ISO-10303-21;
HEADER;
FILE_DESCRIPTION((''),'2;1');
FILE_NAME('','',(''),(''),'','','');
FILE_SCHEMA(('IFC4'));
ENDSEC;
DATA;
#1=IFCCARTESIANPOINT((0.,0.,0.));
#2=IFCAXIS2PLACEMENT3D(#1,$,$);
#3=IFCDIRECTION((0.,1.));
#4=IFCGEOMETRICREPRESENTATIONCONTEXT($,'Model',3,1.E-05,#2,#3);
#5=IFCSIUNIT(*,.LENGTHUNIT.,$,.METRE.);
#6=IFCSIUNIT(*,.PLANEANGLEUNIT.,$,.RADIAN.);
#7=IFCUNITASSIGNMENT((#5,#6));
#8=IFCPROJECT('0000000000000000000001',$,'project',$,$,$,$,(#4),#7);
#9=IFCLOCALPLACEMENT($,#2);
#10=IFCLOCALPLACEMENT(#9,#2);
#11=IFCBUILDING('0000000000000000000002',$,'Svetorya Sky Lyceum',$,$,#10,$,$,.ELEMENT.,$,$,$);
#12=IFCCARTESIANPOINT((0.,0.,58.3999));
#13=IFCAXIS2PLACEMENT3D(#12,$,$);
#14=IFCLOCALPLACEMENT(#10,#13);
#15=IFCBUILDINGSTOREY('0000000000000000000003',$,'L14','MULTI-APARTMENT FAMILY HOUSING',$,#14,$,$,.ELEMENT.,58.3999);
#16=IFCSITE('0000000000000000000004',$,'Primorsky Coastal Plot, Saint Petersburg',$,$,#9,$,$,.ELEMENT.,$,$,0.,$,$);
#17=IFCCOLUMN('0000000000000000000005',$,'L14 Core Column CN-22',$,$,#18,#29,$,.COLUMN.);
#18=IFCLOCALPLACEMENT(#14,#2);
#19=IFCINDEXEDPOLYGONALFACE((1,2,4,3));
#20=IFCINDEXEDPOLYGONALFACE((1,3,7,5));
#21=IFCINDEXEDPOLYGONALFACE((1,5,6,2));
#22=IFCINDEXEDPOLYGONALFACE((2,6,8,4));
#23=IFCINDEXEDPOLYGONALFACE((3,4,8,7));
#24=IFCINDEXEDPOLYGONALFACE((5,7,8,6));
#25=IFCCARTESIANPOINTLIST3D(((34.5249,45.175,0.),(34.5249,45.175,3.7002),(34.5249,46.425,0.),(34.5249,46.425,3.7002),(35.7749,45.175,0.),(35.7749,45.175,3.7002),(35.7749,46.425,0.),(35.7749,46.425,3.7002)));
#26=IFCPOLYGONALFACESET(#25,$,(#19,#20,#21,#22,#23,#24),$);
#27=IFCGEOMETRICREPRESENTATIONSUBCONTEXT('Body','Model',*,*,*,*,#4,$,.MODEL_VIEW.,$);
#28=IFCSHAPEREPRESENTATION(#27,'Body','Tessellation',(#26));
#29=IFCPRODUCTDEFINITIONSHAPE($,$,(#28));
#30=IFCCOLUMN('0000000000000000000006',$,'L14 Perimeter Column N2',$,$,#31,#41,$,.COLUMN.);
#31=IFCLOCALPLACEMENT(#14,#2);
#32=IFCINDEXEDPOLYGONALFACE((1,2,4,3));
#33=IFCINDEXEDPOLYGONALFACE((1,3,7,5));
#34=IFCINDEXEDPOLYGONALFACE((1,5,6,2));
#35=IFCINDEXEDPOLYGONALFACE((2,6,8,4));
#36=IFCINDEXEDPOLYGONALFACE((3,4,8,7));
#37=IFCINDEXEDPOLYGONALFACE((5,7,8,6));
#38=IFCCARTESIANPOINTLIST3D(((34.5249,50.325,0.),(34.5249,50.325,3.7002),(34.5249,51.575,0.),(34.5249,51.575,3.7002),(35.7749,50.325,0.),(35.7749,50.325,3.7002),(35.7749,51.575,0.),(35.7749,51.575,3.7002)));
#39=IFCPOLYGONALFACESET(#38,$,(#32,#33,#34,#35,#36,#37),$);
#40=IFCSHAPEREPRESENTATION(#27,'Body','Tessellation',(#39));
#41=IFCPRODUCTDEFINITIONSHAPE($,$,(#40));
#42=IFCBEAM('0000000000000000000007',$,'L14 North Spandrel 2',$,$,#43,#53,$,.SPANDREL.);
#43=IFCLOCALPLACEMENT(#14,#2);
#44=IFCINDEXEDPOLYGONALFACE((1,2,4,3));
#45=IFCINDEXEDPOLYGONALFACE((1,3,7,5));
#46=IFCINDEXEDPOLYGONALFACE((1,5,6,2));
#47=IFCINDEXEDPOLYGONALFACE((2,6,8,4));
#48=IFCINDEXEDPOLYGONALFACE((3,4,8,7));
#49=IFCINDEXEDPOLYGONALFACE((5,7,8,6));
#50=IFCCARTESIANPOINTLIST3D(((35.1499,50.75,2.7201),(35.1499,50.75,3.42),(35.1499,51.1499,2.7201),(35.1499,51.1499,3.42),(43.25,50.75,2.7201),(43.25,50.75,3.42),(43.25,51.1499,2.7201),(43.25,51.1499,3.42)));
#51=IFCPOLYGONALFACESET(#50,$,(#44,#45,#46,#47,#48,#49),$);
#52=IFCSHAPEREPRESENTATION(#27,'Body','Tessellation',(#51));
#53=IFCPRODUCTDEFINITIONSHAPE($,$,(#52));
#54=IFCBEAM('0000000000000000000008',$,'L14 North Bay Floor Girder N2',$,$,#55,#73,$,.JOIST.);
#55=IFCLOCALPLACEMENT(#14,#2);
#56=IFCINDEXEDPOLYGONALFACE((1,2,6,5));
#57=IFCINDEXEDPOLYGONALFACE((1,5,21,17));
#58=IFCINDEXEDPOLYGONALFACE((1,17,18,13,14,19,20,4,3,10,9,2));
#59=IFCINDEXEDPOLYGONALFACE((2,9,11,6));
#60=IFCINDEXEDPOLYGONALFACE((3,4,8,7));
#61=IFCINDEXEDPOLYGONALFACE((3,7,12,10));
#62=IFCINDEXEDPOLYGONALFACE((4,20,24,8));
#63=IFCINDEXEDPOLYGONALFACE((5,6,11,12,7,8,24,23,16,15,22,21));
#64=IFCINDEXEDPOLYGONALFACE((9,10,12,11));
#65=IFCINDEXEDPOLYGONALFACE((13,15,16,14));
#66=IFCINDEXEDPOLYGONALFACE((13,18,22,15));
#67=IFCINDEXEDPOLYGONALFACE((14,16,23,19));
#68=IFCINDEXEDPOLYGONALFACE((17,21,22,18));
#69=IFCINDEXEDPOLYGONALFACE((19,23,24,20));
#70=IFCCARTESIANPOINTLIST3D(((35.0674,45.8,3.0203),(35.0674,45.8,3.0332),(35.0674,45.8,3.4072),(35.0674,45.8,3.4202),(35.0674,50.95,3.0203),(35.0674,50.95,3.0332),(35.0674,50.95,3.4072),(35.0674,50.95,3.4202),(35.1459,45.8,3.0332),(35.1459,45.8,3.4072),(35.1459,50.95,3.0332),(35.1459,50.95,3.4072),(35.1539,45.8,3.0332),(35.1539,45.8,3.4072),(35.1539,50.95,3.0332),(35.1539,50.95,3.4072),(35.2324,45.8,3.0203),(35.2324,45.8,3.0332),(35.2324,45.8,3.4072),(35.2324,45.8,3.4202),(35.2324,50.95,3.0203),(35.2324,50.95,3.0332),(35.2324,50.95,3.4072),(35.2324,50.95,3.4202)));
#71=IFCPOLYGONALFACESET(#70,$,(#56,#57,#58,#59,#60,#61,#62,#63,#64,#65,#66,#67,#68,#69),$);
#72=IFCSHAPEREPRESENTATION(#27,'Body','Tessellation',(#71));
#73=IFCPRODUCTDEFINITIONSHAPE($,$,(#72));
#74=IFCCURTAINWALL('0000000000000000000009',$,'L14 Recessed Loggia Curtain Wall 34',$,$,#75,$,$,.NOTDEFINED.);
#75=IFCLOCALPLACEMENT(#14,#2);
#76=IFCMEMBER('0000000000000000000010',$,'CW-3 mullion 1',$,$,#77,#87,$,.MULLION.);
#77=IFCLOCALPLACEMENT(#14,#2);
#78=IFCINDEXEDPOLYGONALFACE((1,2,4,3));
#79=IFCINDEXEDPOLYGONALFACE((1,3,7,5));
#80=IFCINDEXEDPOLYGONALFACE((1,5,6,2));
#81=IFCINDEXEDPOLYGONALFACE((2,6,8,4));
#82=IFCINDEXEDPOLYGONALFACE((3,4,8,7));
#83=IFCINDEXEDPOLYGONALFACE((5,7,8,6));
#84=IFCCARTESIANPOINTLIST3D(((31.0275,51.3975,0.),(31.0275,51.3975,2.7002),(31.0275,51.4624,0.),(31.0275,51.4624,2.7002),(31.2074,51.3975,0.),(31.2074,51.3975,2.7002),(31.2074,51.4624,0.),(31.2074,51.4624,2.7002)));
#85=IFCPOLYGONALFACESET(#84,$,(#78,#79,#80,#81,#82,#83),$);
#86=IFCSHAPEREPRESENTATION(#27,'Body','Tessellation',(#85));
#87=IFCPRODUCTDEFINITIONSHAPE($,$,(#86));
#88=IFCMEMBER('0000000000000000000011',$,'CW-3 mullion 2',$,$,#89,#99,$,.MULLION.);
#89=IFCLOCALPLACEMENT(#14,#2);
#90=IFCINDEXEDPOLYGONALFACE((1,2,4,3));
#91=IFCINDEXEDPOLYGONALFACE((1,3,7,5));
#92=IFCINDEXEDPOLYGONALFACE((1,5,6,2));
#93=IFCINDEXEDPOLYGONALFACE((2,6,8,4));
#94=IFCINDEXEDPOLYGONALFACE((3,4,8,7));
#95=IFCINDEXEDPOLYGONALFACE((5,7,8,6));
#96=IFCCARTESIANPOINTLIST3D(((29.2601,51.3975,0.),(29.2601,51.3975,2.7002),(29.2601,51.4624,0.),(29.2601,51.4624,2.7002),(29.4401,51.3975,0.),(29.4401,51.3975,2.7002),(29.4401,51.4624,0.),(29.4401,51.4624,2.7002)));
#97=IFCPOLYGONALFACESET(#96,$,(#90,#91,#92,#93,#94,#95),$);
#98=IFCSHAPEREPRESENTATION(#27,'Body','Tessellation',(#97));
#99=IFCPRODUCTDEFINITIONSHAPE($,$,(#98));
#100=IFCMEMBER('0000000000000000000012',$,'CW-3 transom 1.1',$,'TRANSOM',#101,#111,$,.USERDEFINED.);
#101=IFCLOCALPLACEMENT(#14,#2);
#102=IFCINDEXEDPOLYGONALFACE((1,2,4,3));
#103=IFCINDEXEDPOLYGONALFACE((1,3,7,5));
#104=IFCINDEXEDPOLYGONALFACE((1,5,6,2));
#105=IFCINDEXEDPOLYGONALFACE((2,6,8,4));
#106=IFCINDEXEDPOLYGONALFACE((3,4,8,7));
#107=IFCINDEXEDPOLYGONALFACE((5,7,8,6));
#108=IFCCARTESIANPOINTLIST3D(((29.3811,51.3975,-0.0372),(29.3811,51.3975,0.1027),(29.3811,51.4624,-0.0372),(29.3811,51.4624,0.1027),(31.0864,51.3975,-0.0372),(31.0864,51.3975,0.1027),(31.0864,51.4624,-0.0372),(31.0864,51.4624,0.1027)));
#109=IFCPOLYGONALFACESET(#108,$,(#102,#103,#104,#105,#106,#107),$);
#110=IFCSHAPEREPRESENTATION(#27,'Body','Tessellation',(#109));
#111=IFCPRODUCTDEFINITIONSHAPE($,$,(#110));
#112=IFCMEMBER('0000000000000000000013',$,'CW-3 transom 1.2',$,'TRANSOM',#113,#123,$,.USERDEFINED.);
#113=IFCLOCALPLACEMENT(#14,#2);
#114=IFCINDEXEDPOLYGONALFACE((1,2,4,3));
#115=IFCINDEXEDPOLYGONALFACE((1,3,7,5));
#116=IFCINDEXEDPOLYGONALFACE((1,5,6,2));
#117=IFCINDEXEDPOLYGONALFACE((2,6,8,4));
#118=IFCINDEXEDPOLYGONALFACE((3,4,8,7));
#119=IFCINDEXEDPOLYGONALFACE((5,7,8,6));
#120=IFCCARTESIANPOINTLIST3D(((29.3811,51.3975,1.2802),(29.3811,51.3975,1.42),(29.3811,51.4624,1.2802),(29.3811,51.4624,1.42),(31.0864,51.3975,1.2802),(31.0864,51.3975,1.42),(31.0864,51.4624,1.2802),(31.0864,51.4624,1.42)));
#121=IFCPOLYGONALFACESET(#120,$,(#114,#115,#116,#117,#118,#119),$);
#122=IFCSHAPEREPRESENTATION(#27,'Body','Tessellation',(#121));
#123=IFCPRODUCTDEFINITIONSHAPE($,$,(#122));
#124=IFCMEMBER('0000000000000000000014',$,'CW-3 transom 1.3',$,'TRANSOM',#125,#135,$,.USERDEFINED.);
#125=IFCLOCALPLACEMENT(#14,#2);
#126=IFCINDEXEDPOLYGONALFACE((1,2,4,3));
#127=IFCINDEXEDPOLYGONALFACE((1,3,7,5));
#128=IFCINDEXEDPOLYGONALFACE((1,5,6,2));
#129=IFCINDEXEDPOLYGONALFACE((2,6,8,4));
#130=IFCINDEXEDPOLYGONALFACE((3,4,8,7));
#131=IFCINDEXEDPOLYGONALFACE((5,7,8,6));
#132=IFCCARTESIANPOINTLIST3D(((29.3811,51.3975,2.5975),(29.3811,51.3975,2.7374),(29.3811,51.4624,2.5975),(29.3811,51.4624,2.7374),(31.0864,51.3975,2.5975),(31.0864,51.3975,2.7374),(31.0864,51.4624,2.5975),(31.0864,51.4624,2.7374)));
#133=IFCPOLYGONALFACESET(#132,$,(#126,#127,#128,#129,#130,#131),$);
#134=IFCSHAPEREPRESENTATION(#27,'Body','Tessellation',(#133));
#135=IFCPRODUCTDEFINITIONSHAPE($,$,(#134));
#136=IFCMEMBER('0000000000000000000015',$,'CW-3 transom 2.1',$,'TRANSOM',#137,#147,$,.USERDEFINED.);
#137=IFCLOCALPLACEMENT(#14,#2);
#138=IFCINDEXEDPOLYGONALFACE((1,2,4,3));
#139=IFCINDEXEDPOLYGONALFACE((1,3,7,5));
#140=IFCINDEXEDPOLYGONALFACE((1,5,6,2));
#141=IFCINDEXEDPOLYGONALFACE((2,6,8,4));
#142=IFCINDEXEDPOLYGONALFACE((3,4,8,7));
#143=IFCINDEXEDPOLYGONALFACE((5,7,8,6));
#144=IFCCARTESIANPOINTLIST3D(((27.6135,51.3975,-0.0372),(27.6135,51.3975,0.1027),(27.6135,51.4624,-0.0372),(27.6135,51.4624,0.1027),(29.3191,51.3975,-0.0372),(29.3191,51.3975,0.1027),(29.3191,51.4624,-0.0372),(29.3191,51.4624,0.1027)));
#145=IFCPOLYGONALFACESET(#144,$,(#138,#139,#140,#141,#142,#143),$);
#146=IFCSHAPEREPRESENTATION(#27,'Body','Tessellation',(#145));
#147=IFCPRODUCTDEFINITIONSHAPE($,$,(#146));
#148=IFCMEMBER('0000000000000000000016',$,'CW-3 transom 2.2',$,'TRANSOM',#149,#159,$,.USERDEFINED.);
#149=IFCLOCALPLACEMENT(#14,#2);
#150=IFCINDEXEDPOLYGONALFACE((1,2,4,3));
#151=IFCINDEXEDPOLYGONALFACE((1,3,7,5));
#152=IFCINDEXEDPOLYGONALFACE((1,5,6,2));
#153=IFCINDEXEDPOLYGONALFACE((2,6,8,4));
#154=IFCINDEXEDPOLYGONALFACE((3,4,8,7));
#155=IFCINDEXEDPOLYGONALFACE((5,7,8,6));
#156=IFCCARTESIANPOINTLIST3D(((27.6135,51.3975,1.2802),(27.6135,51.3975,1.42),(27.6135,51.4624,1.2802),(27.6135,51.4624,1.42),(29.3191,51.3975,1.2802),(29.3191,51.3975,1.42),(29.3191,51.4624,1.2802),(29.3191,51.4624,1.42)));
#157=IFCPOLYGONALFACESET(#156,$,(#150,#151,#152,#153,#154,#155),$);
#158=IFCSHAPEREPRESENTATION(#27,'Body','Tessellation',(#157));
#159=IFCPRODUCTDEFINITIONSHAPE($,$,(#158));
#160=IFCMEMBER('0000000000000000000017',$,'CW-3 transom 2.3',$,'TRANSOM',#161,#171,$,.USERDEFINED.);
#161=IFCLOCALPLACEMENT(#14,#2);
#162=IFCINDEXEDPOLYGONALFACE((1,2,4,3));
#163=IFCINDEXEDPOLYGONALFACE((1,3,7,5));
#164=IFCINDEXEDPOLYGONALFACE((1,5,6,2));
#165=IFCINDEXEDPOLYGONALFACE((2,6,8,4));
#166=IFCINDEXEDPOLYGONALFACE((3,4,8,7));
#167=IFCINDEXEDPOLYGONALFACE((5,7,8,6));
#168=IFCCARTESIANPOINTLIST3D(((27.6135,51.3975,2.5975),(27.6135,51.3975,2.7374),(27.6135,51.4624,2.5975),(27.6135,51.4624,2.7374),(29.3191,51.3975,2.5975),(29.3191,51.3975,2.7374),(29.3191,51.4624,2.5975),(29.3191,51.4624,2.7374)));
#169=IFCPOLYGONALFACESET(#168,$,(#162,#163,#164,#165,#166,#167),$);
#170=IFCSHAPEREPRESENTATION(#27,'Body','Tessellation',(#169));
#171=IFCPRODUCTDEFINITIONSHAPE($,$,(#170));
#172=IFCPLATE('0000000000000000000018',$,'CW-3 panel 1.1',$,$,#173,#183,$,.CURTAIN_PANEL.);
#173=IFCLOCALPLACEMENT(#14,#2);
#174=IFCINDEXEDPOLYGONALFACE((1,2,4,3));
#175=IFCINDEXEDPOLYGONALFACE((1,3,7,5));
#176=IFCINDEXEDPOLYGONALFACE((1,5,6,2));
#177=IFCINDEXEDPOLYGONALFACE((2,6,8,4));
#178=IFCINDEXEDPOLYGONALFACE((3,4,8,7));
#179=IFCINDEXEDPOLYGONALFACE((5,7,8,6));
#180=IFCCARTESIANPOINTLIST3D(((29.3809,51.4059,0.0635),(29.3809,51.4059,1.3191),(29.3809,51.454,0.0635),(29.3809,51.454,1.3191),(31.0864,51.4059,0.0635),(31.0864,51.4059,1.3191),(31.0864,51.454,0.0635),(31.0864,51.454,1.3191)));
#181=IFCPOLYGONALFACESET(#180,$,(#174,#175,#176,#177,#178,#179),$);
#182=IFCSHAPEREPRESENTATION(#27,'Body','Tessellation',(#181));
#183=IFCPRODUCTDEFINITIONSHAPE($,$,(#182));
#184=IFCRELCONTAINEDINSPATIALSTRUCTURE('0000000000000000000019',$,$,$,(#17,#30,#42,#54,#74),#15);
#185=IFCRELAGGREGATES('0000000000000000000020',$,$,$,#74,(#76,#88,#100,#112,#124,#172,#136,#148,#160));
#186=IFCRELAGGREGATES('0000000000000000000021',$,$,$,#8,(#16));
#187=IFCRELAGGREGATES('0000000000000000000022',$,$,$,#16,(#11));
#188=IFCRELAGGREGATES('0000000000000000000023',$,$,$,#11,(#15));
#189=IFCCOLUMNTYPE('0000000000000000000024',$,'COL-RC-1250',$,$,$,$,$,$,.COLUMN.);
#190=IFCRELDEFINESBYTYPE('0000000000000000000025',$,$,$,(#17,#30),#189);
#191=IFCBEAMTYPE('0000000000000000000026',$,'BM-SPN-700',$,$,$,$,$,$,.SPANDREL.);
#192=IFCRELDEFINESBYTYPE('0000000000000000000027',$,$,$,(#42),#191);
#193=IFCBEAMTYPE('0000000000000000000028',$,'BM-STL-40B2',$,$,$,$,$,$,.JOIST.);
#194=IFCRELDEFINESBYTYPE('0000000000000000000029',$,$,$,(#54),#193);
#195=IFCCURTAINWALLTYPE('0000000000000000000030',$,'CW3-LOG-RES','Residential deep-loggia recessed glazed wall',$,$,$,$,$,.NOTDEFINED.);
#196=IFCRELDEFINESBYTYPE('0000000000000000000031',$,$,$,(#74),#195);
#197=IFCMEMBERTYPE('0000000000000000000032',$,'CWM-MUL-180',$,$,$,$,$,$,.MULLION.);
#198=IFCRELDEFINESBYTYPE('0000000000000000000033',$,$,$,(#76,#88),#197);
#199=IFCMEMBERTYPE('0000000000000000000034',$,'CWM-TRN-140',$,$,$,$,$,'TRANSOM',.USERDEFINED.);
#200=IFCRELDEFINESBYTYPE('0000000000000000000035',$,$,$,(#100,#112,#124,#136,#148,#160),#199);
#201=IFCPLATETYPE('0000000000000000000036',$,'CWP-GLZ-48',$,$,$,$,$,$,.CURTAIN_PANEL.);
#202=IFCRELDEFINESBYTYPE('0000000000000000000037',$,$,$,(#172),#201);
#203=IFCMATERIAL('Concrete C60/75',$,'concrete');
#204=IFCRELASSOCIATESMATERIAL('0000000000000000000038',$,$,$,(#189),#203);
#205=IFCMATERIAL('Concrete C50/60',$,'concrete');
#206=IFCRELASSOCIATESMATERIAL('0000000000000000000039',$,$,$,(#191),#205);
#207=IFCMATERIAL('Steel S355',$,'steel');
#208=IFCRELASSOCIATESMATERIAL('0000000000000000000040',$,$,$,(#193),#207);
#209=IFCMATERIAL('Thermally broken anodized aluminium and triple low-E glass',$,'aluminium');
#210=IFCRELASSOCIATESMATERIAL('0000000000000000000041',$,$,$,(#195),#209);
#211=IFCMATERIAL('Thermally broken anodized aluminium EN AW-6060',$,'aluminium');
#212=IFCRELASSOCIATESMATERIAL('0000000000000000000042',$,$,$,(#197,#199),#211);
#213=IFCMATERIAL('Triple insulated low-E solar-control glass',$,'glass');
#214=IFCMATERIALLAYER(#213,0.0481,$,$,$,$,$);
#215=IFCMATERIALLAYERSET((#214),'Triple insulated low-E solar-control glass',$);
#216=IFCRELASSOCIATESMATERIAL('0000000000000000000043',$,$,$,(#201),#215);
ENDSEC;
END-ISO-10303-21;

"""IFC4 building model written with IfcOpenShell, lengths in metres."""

from ifc_helpers import new_model, si_unit, direction, frame, origin, origin_2d, place, context, subcontext, project, spatial, rectangle, i_section, extrude, material, layer, layer_set, material_profile, profile_set, type_object, element, aggregate, save


model = new_model("IFC4")

# Units and contexts
model_context = context("Model", 3, precision=1e-05, world=origin(), true_north=direction((0.0, 1.0)))
body_context = subcontext(model_context, "Body", "Model", "MODEL_VIEW")
ifc_project = project(units=[si_unit("LENGTHUNIT", "METRE"), si_unit("PLANEANGLEUNIT", "RADIAN")], contexts=[model_context])

# Site, building, storey
site_placement = place(None, origin())
site = spatial("IfcSite", under=ifc_project, at=site_placement, Name="Primorsky Coastal Plot, Saint Petersburg", CompositionType="ELEMENT", RefElevation=0.0)
building_placement = place(site_placement, origin())
building = spatial("IfcBuilding", under=site, at=building_placement, Name="Svetorya Sky Lyceum", CompositionType="ELEMENT")
storey_placement = place(building_placement, frame((0.0, 0.0, 58.3999)))
storey = spatial("IfcBuildingStorey", under=building, at=storey_placement, Name="L14", Description="MULTI-APARTMENT FAMILY HOUSING", CompositionType="ELEMENT", Elevation=58.3999)

# Columns
ifc_material_1 = material(Name="Concrete C60/75", Category="concrete")
ifc_material_profile_1 = material_profile(ifc_material_1, rectangle(XDim=1.25, YDim=1.25, at=origin_2d()), Name="RC COL 1250x1250")
ifc_profile_set_1 = profile_set([ifc_material_profile_1], Name="Concrete C60/75")
column_type = type_object("IfcColumnType", Name="COL-RC-1250", PredefinedType="COLUMN", material=ifc_profile_set_1)
for number, where, z_axis, x_axis, name in (
    (1, (35.1499, 45.8, 0.0), (0.0, 0.0, 1.0), (1.0, 0.0, 0.0), "L14 Core Column CN-22"),
    (2, (35.1499, 50.95, 0.0), (0.0, 0.0, 1.0), (1.0, 0.0, 0.0), "L14 Perimeter Column N2"),
):
    element("IfcColumn", number, at=place(storey_placement, frame(where, z_axis=z_axis, x_axis=x_axis)), inside=storey, type_object=column_type, Name=name, PredefinedType="COLUMN", context=body_context, shape_type="SweptSolid", body=[
        extrude(rectangle(XDim=1.25, YDim=1.25, at=origin_2d()), origin(), (0.0, 0.0, 1.0), 3.7002),
    ])

# Beams
ifc_material_2 = material(Name="Concrete C50/60", Category="concrete")
ifc_material_profile_2 = material_profile(ifc_material_2, rectangle(XDim=0.3999, YDim=0.7, at=origin_2d()), Name="RC SPANDREL 400x700")
ifc_profile_set_2 = profile_set([ifc_material_profile_2], Name="Concrete C50/60")
beam_type_1 = type_object("IfcBeamType", Name="BM-SPN-700", PredefinedType="SPANDREL", material=ifc_profile_set_2)
beam_1_placement = place(storey_placement, frame((35.1499, 50.95, 3.0701), z_axis=(1.0, 0.0, 0.0), x_axis=(0.0, 1.0, 0.0)))
element("IfcBeam", 3, at=beam_1_placement, inside=storey, type_object=beam_type_1, Name="L14 North Spandrel 2", PredefinedType="SPANDREL", context=body_context, shape_type="SweptSolid", body=[
    extrude(rectangle(XDim=0.3999, YDim=0.7, at=origin_2d()), origin(), (0.0, 0.0, 1.0), 8.1001),
])
ifc_material_3 = material(Name="Steel S355", Category="steel")
ifc_material_profile_3 = material_profile(ifc_material_3, i_section(OverallWidth=0.165, OverallDepth=0.3999, WebThickness=0.0081, FlangeThickness=0.0129, at=origin_2d()), Name="GOST 40B2")
ifc_profile_set_3 = profile_set([ifc_material_profile_3], Name="Steel S355")
beam_type_2 = type_object("IfcBeamType", Name="BM-STL-40B2", PredefinedType="JOIST", material=ifc_profile_set_3)
beam_2_placement = place(storey_placement, frame((35.1499, 45.8, 3.2202), z_axis=(0.0, 1.0, 0.0), x_axis=(-1.0, 0.0, 0.0)))
element("IfcBeam", 4, at=beam_2_placement, inside=storey, type_object=beam_type_2, Name="L14 North Bay Floor Girder N2", PredefinedType="JOIST", context=body_context, shape_type="SweptSolid", body=[
    extrude(i_section(OverallWidth=0.165, OverallDepth=0.3999, WebThickness=0.0081, FlangeThickness=0.0129, at=origin_2d()), origin(), (0.0, 0.0, 1.0), 5.1499),
])

# Curtain wall, members, plate
ifc_material_4 = material(Name="Thermally broken anodized aluminium and triple low-E glass", Category="aluminium")
curtain_wall_type = type_object("IfcCurtainWallType", Name="CW3-LOG-RES", Description="Residential deep-loggia recessed glazed wall", PredefinedType="NOTDEFINED", material=ifc_material_4)
curtain_wall_placement = place(storey_placement, origin())
curtain_wall = element("IfcCurtainWall", 5, at=curtain_wall_placement, inside=storey, type_object=curtain_wall_type, Name="L14 Recessed Loggia Curtain Wall 34", PredefinedType="NOTDEFINED")
ifc_material_5 = material(Name="Thermally broken anodized aluminium EN AW-6060", Category="aluminium")
ifc_material_profile_4 = material_profile(ifc_material_5, rectangle(XDim=0.0649, YDim=0.1799, at=origin_2d()), Name="ALU MULLION 65x180")
ifc_profile_set_4 = profile_set([ifc_material_profile_4], Name="Thermally broken anodized aluminium EN AW-6060")
member_type_1 = type_object("IfcMemberType", Name="CWM-MUL-180", PredefinedType="MULLION", material=ifc_profile_set_4)
member_1_placement = place(storey_placement, frame((31.1174, 51.4299, 0.0), z_axis=(0.0, 0.0, 1.0), x_axis=(0.0, -1.0, 0.0)))
member_1 = element("IfcMember", 6, at=member_1_placement, type_object=member_type_1, Name="CW-3 mullion 1", PredefinedType="MULLION", context=body_context, shape_type="SweptSolid", body=[
    extrude(rectangle(XDim=0.0649, YDim=0.1799, at=origin_2d()), origin(), (0.0, 0.0, 1.0), 2.7002),
])
member_2_placement = place(storey_placement, frame((29.3501, 51.4299, 0.0), z_axis=(0.0, 0.0, 1.0), x_axis=(0.0, -1.0, 0.0)))
member_2 = element("IfcMember", 7, at=member_2_placement, type_object=member_type_1, Name="CW-3 mullion 2", PredefinedType="MULLION", context=body_context, shape_type="SweptSolid", body=[
    extrude(rectangle(XDim=0.0649, YDim=0.1799, at=origin_2d()), origin(), (0.0, 0.0, 1.0), 2.7002),
])
ifc_material_profile_5 = material_profile(ifc_material_5, rectangle(XDim=0.0649, YDim=0.1399, at=origin_2d()), Name="ALU TRANSOM 65x140")
ifc_profile_set_5 = profile_set([ifc_material_profile_5], Name="Thermally broken anodized aluminium EN AW-6060")
member_type_2 = type_object("IfcMemberType", Name="CWM-TRN-140", ElementType="TRANSOM", PredefinedType="USERDEFINED", material=ifc_profile_set_5)
member_3_placement = place(storey_placement, frame((31.0864, 51.4299, 0.0327), z_axis=(-1.0, 0.0, 0.0), x_axis=(0.0, -1.0, 0.0)))
member_3 = element("IfcMember", 8, at=member_3_placement, type_object=member_type_2, Name="CW-3 transom 1.1", ObjectType="TRANSOM", PredefinedType="USERDEFINED", context=body_context, shape_type="SweptSolid", body=[
    extrude(rectangle(XDim=0.0649, YDim=0.1399, at=origin_2d()), origin(), (0.0, 0.0, 1.0), 1.7053),
])
member_4_placement = place(storey_placement, frame((31.0864, 51.4299, 1.3501), z_axis=(-1.0, 0.0, 0.0), x_axis=(0.0, -1.0, 0.0)))
member_4 = element("IfcMember", 9, at=member_4_placement, type_object=member_type_2, Name="CW-3 transom 1.2", ObjectType="TRANSOM", PredefinedType="USERDEFINED", context=body_context, shape_type="SweptSolid", body=[
    extrude(rectangle(XDim=0.0649, YDim=0.1399, at=origin_2d()), origin(), (0.0, 0.0, 1.0), 1.7053),
])
member_5_placement = place(storey_placement, frame((31.0864, 51.4299, 2.6675), z_axis=(-1.0, 0.0, 0.0), x_axis=(0.0, -1.0, 0.0)))
member_5 = element("IfcMember", 10, at=member_5_placement, type_object=member_type_2, Name="CW-3 transom 1.3", ObjectType="TRANSOM", PredefinedType="USERDEFINED", context=body_context, shape_type="SweptSolid", body=[
    extrude(rectangle(XDim=0.0649, YDim=0.1399, at=origin_2d()), origin(), (0.0, 0.0, 1.0), 1.7053),
])
member_6_placement = place(storey_placement, frame((29.3191, 51.4299, 0.0327), z_axis=(-1.0, 0.0, 0.0), x_axis=(0.0, -1.0, 0.0)))
member_6 = element("IfcMember", 11, at=member_6_placement, type_object=member_type_2, Name="CW-3 transom 2.1", ObjectType="TRANSOM", PredefinedType="USERDEFINED", context=body_context, shape_type="SweptSolid", body=[
    extrude(rectangle(XDim=0.0649, YDim=0.1399, at=origin_2d()), origin(), (0.0, 0.0, 1.0), 1.7056),
])
member_7_placement = place(storey_placement, frame((29.3191, 51.4299, 1.3501), z_axis=(-1.0, 0.0, 0.0), x_axis=(0.0, -1.0, 0.0)))
member_7 = element("IfcMember", 12, at=member_7_placement, type_object=member_type_2, Name="CW-3 transom 2.2", ObjectType="TRANSOM", PredefinedType="USERDEFINED", context=body_context, shape_type="SweptSolid", body=[
    extrude(rectangle(XDim=0.0649, YDim=0.1399, at=origin_2d()), origin(), (0.0, 0.0, 1.0), 1.7056),
])
member_8_placement = place(storey_placement, frame((29.3191, 51.4299, 2.6675), z_axis=(-1.0, 0.0, 0.0), x_axis=(0.0, -1.0, 0.0)))
member_8 = element("IfcMember", 13, at=member_8_placement, type_object=member_type_2, Name="CW-3 transom 2.3", ObjectType="TRANSOM", PredefinedType="USERDEFINED", context=body_context, shape_type="SweptSolid", body=[
    extrude(rectangle(XDim=0.0649, YDim=0.1399, at=origin_2d()), origin(), (0.0, 0.0, 1.0), 1.7056),
])
ifc_material_6 = material(Name="Triple insulated low-E solar-control glass", Category="glass")
ifc_layer_1 = layer(ifc_material_6, 0.0481)
ifc_layer_set_1 = layer_set([ifc_layer_1], Name="Triple insulated low-E solar-control glass")
plate_type = type_object("IfcPlateType", Name="CWP-GLZ-48", PredefinedType="CURTAIN_PANEL", material=ifc_layer_set_1)
plate_1_placement = place(storey_placement, frame((30.2336, 51.4299, 0.0635), z_axis=(0.0, 0.0, 1.0), x_axis=(-1.0, 0.0, 0.0)))
plate_1 = element("IfcPlate", 14, at=plate_1_placement, type_object=plate_type, Name="CW-3 panel 1.1", PredefinedType="CURTAIN_PANEL", context=body_context, shape_type="SweptSolid", body=[
    extrude(rectangle(XDim=1.7056, YDim=0.0481, at=origin_2d()), origin(), (0.0, 0.0, 1.0), 1.2556),
])
aggregate(curtain_wall, [member_1, member_2, member_3, member_4, member_5, plate_1, member_6, member_7, member_8])

save(model, "model.ifc")
